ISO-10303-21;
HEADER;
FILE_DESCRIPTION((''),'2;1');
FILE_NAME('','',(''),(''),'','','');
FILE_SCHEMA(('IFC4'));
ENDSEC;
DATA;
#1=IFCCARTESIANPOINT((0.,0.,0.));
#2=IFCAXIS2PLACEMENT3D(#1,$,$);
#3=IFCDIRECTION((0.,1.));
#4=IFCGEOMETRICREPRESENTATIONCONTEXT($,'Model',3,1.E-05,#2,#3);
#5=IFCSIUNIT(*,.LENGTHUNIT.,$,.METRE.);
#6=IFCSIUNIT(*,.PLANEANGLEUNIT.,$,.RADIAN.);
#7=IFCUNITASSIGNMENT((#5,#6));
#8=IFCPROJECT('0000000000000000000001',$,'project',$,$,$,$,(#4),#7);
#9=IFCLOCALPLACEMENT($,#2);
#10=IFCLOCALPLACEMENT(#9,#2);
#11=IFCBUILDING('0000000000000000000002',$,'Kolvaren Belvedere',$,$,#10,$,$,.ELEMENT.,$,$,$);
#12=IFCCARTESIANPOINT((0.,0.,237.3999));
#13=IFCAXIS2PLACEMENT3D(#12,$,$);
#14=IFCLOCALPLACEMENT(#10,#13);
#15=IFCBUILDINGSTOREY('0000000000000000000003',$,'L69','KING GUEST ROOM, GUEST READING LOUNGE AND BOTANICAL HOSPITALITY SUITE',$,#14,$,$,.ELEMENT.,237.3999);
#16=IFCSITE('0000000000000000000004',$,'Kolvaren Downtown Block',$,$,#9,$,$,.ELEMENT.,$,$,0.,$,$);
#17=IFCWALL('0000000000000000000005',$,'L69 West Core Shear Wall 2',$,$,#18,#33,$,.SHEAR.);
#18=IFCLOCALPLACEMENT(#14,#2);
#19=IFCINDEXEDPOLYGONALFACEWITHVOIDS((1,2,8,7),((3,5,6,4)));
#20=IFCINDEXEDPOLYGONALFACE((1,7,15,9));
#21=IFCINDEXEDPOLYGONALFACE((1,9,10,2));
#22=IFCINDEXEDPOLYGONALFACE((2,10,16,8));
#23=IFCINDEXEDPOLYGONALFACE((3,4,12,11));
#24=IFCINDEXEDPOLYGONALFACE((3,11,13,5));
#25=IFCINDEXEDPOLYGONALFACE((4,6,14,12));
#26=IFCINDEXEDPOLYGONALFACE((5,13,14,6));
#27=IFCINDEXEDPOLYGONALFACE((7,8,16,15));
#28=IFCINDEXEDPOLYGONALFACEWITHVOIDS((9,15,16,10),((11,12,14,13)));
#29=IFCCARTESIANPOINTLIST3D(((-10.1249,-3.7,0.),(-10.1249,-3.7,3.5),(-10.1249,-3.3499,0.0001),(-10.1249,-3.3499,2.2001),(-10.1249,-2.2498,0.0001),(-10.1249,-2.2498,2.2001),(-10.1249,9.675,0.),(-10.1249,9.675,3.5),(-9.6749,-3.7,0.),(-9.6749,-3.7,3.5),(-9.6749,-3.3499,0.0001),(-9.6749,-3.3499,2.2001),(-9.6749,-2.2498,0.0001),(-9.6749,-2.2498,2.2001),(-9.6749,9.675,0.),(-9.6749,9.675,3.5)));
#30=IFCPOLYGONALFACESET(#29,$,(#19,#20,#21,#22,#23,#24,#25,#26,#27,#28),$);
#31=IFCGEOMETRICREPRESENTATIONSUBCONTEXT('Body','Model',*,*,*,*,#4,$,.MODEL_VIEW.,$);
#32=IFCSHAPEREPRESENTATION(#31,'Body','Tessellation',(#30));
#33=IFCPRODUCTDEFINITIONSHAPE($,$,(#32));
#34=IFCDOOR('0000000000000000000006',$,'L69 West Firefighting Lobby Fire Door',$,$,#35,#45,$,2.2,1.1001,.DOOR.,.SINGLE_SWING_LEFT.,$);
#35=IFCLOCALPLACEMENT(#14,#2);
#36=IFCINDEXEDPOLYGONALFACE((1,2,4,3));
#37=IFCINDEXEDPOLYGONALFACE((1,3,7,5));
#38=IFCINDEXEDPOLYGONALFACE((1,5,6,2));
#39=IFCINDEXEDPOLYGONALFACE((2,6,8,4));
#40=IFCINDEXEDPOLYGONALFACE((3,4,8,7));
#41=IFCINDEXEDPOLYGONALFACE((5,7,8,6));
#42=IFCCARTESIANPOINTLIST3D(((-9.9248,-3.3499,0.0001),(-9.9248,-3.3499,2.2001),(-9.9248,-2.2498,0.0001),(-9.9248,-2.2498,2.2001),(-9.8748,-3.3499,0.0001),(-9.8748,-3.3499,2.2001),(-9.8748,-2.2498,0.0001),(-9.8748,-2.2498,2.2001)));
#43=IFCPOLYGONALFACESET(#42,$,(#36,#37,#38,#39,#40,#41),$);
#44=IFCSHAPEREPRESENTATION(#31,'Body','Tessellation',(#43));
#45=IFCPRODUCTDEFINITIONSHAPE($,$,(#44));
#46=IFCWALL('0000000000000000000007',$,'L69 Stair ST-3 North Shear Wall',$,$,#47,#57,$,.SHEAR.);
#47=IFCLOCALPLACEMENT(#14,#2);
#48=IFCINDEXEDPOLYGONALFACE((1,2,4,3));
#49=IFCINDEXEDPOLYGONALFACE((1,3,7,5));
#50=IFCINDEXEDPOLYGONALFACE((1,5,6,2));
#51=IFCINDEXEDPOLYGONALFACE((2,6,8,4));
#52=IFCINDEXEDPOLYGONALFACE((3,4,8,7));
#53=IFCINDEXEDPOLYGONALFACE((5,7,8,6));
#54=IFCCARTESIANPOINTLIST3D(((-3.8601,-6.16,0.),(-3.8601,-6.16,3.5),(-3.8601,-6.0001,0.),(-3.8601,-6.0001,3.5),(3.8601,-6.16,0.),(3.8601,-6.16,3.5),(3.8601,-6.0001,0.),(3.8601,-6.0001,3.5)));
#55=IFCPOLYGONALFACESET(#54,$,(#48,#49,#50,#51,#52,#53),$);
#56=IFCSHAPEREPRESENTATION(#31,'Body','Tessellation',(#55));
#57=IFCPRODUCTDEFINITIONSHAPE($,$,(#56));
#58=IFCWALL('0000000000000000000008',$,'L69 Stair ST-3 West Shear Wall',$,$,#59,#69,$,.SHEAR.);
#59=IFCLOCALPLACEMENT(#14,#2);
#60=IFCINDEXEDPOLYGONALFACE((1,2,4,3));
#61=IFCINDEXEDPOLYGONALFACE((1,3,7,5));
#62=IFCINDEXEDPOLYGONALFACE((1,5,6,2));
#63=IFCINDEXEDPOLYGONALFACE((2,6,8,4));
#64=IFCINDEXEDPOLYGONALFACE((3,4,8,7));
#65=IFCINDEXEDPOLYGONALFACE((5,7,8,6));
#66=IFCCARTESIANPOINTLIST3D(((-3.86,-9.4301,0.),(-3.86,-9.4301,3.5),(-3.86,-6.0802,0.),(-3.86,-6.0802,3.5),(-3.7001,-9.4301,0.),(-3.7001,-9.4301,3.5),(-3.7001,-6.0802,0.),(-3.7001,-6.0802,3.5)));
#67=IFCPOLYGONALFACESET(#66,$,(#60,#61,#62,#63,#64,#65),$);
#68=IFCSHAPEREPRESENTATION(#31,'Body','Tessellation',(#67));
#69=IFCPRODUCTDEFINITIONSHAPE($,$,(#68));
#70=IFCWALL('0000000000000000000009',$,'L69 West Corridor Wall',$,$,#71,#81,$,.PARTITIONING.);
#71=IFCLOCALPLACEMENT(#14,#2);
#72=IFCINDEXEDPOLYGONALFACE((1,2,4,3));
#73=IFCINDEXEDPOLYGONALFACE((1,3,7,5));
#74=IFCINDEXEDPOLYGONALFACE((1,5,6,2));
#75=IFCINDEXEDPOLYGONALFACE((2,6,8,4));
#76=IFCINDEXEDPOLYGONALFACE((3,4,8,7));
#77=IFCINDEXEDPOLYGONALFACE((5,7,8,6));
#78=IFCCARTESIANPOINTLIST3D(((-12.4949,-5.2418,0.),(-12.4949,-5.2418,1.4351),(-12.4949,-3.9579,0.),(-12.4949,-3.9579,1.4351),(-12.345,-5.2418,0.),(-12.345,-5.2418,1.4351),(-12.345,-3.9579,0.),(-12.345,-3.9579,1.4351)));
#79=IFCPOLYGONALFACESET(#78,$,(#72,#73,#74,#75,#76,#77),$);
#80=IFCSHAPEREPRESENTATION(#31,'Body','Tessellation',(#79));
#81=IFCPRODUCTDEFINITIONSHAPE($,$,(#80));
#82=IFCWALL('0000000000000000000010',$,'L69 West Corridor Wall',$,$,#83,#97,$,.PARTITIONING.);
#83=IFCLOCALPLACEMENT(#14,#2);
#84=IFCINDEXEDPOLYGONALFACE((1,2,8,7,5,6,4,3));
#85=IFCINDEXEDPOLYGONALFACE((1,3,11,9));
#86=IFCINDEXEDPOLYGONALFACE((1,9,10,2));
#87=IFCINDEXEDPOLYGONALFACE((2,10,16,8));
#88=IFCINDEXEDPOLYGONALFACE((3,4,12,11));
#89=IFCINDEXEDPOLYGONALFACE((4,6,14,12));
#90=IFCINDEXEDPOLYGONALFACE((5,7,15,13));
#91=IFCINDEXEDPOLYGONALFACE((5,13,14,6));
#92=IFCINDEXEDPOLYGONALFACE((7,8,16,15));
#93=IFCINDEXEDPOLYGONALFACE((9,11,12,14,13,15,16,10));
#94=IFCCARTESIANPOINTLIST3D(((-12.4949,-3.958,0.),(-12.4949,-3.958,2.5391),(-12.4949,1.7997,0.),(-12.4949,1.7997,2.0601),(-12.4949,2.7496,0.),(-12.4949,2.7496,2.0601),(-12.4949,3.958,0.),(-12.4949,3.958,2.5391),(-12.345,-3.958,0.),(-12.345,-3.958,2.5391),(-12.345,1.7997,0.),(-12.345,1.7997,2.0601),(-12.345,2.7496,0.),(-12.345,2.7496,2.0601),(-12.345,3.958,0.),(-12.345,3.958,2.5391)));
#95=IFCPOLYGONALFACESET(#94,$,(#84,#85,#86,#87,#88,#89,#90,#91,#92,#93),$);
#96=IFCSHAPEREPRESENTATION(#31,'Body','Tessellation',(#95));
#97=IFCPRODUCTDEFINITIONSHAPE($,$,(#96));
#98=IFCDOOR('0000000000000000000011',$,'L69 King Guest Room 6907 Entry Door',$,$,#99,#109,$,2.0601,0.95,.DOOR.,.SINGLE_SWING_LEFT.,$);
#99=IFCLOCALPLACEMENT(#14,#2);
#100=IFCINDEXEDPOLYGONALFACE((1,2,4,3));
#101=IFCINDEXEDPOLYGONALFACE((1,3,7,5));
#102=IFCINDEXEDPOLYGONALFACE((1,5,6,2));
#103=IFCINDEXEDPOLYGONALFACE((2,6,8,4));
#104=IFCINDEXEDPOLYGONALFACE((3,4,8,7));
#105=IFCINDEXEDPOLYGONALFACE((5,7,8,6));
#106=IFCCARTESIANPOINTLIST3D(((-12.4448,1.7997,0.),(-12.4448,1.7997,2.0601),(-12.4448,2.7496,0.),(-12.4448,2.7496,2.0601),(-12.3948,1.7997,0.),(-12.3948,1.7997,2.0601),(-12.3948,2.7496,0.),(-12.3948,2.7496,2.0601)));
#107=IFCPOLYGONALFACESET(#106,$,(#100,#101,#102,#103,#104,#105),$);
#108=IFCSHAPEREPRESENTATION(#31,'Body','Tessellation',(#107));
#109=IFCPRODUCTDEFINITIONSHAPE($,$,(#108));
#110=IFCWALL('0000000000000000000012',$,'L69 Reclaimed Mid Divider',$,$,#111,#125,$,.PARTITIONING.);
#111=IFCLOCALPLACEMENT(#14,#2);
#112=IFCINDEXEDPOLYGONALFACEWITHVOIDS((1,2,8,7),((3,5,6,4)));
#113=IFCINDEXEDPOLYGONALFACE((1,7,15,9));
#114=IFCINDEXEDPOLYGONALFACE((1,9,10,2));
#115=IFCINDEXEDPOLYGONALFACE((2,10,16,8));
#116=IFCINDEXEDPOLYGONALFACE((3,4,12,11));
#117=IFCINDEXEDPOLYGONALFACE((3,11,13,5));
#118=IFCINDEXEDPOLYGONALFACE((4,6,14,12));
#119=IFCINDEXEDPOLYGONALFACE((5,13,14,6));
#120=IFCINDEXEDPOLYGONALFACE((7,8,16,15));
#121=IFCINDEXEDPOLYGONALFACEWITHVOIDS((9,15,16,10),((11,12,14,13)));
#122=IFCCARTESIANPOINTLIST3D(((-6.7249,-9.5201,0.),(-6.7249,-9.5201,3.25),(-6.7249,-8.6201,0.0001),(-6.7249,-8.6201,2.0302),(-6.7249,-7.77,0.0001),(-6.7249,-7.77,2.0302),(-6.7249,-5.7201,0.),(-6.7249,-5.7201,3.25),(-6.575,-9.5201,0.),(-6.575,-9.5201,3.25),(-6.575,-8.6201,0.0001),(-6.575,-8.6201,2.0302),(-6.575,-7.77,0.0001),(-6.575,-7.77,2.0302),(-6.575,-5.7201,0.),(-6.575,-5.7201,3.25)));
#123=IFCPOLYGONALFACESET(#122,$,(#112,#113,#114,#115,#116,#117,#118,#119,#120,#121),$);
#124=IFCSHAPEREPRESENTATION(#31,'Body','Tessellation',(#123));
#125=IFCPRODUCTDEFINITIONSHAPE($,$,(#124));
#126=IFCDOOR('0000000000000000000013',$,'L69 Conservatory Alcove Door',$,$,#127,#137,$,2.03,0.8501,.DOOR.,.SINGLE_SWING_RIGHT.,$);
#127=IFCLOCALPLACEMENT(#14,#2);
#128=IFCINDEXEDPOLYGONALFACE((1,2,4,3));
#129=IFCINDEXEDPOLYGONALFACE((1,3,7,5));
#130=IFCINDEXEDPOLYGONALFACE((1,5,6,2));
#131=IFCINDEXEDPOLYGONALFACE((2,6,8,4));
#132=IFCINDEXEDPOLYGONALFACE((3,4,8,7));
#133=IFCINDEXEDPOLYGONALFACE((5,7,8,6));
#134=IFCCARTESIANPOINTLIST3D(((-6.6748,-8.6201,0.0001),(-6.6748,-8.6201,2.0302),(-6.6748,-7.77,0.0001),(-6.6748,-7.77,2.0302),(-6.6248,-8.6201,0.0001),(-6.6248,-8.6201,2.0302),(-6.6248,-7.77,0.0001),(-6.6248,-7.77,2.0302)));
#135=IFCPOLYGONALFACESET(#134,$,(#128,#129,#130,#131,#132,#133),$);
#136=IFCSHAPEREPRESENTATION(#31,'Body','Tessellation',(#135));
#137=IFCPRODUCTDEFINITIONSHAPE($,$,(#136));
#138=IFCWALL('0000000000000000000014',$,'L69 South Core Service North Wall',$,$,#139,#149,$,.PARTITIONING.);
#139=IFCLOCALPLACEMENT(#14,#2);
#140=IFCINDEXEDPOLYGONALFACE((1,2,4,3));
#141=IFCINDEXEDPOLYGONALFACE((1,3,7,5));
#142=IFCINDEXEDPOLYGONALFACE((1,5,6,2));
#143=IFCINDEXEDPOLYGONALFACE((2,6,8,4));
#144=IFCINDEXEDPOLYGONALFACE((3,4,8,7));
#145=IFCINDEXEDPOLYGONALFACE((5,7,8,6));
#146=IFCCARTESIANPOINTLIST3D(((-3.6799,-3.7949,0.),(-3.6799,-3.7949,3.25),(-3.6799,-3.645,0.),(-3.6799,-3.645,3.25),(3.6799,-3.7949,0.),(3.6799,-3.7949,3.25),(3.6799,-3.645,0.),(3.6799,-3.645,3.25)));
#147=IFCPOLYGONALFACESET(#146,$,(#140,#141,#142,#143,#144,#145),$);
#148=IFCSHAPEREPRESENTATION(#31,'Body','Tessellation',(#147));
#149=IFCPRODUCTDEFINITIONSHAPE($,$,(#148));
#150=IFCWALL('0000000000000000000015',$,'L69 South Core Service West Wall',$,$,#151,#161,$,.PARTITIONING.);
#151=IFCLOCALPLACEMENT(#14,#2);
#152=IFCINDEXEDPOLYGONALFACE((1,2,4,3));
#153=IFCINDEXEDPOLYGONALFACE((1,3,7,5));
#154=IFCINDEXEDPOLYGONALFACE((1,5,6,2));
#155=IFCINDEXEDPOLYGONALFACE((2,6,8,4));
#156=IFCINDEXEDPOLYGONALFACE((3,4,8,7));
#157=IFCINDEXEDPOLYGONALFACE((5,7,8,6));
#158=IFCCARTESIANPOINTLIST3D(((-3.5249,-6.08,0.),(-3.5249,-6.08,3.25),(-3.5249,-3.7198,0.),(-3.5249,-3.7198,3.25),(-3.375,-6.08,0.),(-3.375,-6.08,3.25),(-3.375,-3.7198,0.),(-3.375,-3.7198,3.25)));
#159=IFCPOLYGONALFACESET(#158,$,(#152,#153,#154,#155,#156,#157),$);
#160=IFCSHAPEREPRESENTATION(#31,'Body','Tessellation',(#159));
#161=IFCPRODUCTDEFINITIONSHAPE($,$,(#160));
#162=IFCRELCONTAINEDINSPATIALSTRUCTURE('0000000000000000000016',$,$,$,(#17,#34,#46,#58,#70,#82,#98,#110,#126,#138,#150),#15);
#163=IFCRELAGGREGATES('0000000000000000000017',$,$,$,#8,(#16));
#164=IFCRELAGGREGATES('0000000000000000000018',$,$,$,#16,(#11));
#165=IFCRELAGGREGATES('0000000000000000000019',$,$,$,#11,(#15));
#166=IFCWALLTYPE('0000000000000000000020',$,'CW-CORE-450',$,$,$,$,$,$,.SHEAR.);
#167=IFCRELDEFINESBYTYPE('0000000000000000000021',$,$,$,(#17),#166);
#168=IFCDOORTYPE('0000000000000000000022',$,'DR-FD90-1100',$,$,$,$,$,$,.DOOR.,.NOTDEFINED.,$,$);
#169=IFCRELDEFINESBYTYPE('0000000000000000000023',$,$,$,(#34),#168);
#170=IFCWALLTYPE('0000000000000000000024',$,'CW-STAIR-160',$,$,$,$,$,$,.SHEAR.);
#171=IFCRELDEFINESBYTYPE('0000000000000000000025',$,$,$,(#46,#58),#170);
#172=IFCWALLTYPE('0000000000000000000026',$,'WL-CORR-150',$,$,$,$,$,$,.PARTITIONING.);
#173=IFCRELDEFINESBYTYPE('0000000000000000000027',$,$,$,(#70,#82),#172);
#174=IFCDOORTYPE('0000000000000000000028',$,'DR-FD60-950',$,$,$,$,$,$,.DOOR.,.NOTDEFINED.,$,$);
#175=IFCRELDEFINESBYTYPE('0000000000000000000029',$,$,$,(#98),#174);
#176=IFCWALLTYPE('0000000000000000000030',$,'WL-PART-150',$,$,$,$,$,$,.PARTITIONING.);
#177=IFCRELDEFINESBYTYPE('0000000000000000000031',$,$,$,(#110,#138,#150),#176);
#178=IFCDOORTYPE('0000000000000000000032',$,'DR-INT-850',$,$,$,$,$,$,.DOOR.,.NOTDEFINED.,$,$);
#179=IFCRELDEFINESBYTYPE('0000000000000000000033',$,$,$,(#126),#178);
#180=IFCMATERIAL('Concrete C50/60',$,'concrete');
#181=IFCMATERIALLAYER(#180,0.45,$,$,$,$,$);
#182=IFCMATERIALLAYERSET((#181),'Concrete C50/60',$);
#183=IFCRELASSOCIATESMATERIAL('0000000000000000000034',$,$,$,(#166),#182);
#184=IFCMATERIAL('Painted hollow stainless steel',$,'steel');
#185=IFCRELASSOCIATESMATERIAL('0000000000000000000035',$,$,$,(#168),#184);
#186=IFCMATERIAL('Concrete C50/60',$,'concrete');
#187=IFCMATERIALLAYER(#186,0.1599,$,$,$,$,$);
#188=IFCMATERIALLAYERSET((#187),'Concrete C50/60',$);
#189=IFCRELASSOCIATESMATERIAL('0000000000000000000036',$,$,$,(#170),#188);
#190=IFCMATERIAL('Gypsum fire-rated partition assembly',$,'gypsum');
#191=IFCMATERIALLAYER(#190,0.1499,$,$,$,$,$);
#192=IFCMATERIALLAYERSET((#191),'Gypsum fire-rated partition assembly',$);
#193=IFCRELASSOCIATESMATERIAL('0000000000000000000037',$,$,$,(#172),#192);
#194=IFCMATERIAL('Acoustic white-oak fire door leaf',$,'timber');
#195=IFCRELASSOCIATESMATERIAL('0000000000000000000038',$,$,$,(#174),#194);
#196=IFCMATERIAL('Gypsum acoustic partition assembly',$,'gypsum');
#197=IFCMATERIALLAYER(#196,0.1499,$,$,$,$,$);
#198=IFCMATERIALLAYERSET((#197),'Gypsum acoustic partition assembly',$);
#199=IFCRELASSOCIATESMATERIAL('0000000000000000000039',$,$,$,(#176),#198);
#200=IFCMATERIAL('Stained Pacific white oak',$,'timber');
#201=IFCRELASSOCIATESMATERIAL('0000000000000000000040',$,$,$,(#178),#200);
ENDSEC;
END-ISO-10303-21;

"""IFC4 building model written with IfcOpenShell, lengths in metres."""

from ifc_helpers import new_model, si_unit, direction, frame, frame_2d, origin, place, context, subcontext, project, spatial, rectangle, extrude, material, layer, layer_set, type_object, element, fill, save


model = new_model("IFC4")

# Units and contexts
model_context = context("Model", 3, precision=1e-05, world=origin(), true_north=direction((0.0, 1.0)))
body_context = subcontext(model_context, "Body", "Model", "MODEL_VIEW")
ifc_project = project(units=[si_unit("LENGTHUNIT", "METRE"), si_unit("PLANEANGLEUNIT", "RADIAN")], contexts=[model_context])

# Site, building, storey
site_placement = place(None, origin())
site = spatial("IfcSite", under=ifc_project, at=site_placement, Name="Kolvaren Downtown Block", CompositionType="ELEMENT", RefElevation=0.0)
building_placement = place(site_placement, origin())
building = spatial("IfcBuilding", under=site, at=building_placement, Name="Kolvaren Belvedere", CompositionType="ELEMENT")
storey_placement = place(building_placement, frame((0.0, 0.0, 237.3999)))
storey = spatial("IfcBuildingStorey", under=building, at=storey_placement, Name="L69", Description="KING GUEST ROOM, GUEST READING LOUNGE AND BOTANICAL HOSPITALITY SUITE", CompositionType="ELEMENT", Elevation=237.3999)

# Shared definitions
ifc_material_1 = material(Name="Concrete C50/60", Category="concrete")
ifc_layer_1 = layer(ifc_material_1, 0.45)
ifc_layer_set_1 = layer_set([ifc_layer_1], Name="Concrete C50/60")
wall_type_1 = type_object("IfcWallType", Name="CW-CORE-450", PredefinedType="SHEAR", material=ifc_layer_set_1)

# Wall, opening, door
wall_1_placement = place(storey_placement, frame((-9.8999, -3.7, 0.0), z_axis=(0.0, 0.0, 1.0), x_axis=(0.0, 1.0, 0.0)))
wall_1 = element("IfcWall", 1, at=wall_1_placement, inside=storey, type_object=wall_type_1, Name="L69 West Core Shear Wall 2", PredefinedType="SHEAR", context=body_context, shape_type="SweptSolid", body=[
    extrude(rectangle(XDim=13.375, YDim=0.45, at=frame_2d((6.6875, 0.0))), origin(), (0.0, 0.0, 1.0), 3.5),
])
opening_1_placement = place(wall_1_placement, frame((0.3501, 0.0, 0.0)))
opening_1 = element("IfcOpeningElement", 2, at=opening_1_placement, cuts=wall_1, PredefinedType="OPENING", context=body_context, shape_type="SweptSolid", body=[
    extrude(rectangle(XDim=1.1001, YDim=2.2, at=frame_2d((0.55, 1.1001))), frame((0.0, 0.2349, 0.0), z_axis=(0.0, -1.0, 0.0), x_axis=(1.0, 0.0, 0.0)), (0.0, 0.0, 1.0), 0.47),
])
ifc_material_2 = material(Name="Painted hollow stainless steel", Category="steel")
door_type_1 = type_object("IfcDoorType", Name="DR-FD90-1100", OperationType="NOTDEFINED", PredefinedType="DOOR", material=ifc_material_2)
door_1_placement = place(opening_1_placement, origin())
door_1 = element("IfcDoor", 3, at=door_1_placement, inside=storey, type_object=door_type_1, Name="L69 West Firefighting Lobby Fire Door", OperationType="SINGLE_SWING_LEFT", OverallHeight=2.2, OverallWidth=1.1001, PredefinedType="DOOR", context=body_context, shape_type="SweptSolid", body=[
    extrude(rectangle(XDim=1.1001, YDim=2.2, at=frame_2d((0.55, 1.1001))), frame((0.0, 0.0249, 0.0), z_axis=(0.0, -1.0, 0.0), x_axis=(1.0, 0.0, 0.0)), (0.0, 0.0, 1.0), 0.05),
])
fill(opening_1, door_1)

# Walls
ifc_material_3 = material(Name="Concrete C50/60", Category="concrete")
ifc_layer_2 = layer(ifc_material_3, 0.1599)
ifc_layer_set_2 = layer_set([ifc_layer_2], Name="Concrete C50/60")
wall_type_2 = type_object("IfcWallType", Name="CW-STAIR-160", PredefinedType="SHEAR", material=ifc_layer_set_2)
wall_2_placement = place(storey_placement, frame((-3.8601, -6.0801, 0.0), z_axis=(0.0, 0.0, 1.0), x_axis=(1.0, 0.0, 0.0)))
element("IfcWall", 4, at=wall_2_placement, inside=storey, type_object=wall_type_2, Name="L69 Stair ST-3 North Shear Wall", PredefinedType="SHEAR", context=body_context, shape_type="SweptSolid", body=[
    extrude(rectangle(XDim=7.7202, YDim=0.1599, at=frame_2d((3.8601, 0.0))), origin(), (0.0, 0.0, 1.0), 3.5),
])
wall_3_placement = place(storey_placement, frame((-3.78, -9.4299, 0.0), z_axis=(0.0, 0.0, 1.0), x_axis=(0.0, 1.0, 0.0)))
element("IfcWall", 5, at=wall_3_placement, inside=storey, type_object=wall_type_2, Name="L69 Stair ST-3 West Shear Wall", PredefinedType="SHEAR", context=body_context, shape_type="SweptSolid", body=[
    extrude(rectangle(XDim=3.3499, YDim=0.1599, at=frame_2d((1.6748, 0.0))), origin(), (0.0, 0.0, 1.0), 3.5),
])
ifc_material_4 = material(Name="Gypsum fire-rated partition assembly", Category="gypsum")
ifc_layer_3 = layer(ifc_material_4, 0.1499)
ifc_layer_set_3 = layer_set([ifc_layer_3], Name="Gypsum fire-rated partition assembly")
wall_type_3 = type_object("IfcWallType", Name="WL-CORR-150", PredefinedType="PARTITIONING", material=ifc_layer_set_3)
wall_4_placement = place(storey_placement, frame((-12.4199, -5.2419, 0.0), z_axis=(0.0, 0.0, 1.0), x_axis=(0.0, 1.0, 0.0)))
element("IfcWall", 6, at=wall_4_placement, inside=storey, type_object=wall_type_3, Name="L69 West Corridor Wall", PredefinedType="PARTITIONING", context=body_context, shape_type="SweptSolid", body=[
    extrude(rectangle(XDim=1.2839, YDim=0.1499, at=frame_2d((0.6421, 0.0))), origin(), (0.0, 0.0, 1.0), 1.4351),
])

# Walls, openings, doors
wall_5_placement = place(storey_placement, frame((-12.4199, -3.958, 0.0), z_axis=(0.0, 0.0, 1.0), x_axis=(0.0, 1.0, 0.0)))
wall_5 = element("IfcWall", 7, at=wall_5_placement, inside=storey, type_object=wall_type_3, Name="L69 West Corridor Wall", PredefinedType="PARTITIONING", context=body_context, shape_type="SweptSolid", body=[
    extrude(rectangle(XDim=7.916, YDim=0.1499, at=frame_2d((3.958, 0.0))), origin(), (0.0, 0.0, 1.0), 2.5391),
])
opening_2_placement = place(wall_5_placement, frame((5.7576, 0.0, 0.0)))
opening_2 = element("IfcOpeningElement", 8, at=opening_2_placement, cuts=wall_5, PredefinedType="OPENING", context=body_context, shape_type="SweptSolid", body=[
    extrude(rectangle(XDim=0.95, YDim=2.0601, at=frame_2d((0.4751, 1.03))), frame((0.0, 0.085, 0.0), z_axis=(0.0, -1.0, 0.0), x_axis=(1.0, 0.0, 0.0)), (0.0, 0.0, 1.0), 0.1699),
])
ifc_material_5 = material(Name="Acoustic white-oak fire door leaf", Category="timber")
door_type_2 = type_object("IfcDoorType", Name="DR-FD60-950", OperationType="NOTDEFINED", PredefinedType="DOOR", material=ifc_material_5)
door_2_placement = place(opening_2_placement, origin())
door_2 = element("IfcDoor", 9, at=door_2_placement, inside=storey, type_object=door_type_2, Name="L69 King Guest Room 6907 Entry Door", OperationType="SINGLE_SWING_LEFT", OverallHeight=2.0601, OverallWidth=0.95, PredefinedType="DOOR", context=body_context, shape_type="SweptSolid", body=[
    extrude(rectangle(XDim=0.95, YDim=2.0601, at=frame_2d((0.4751, 1.03))), frame((0.0, 0.0249, 0.0), z_axis=(0.0, -1.0, 0.0), x_axis=(1.0, 0.0, 0.0)), (0.0, 0.0, 1.0), 0.05),
])
fill(opening_2, door_2)
ifc_material_6 = material(Name="Gypsum acoustic partition assembly", Category="gypsum")
ifc_layer_4 = layer(ifc_material_6, 0.1499)
ifc_layer_set_4 = layer_set([ifc_layer_4], Name="Gypsum acoustic partition assembly")
wall_type_4 = type_object("IfcWallType", Name="WL-PART-150", PredefinedType="PARTITIONING", material=ifc_layer_set_4)
wall_6_placement = place(storey_placement, frame((-6.6499, -9.52, 0.0), z_axis=(0.0, 0.0, 1.0), x_axis=(0.0, 1.0, 0.0)))
wall_6 = element("IfcWall", 10, at=wall_6_placement, inside=storey, type_object=wall_type_4, Name="L69 Reclaimed Mid Divider", PredefinedType="PARTITIONING", context=body_context, shape_type="SweptSolid", body=[
    extrude(rectangle(XDim=3.8, YDim=0.1499, at=frame_2d((1.8999, 0.0))), origin(), (0.0, 0.0, 1.0), 3.25),
])
opening_3_placement = place(wall_6_placement, frame((0.8999, 0.0, 0.0)))
opening_3 = element("IfcOpeningElement", 11, at=opening_3_placement, cuts=wall_6, PredefinedType="OPENING", context=body_context, shape_type="SweptSolid", body=[
    extrude(rectangle(XDim=0.8501, YDim=2.03, at=frame_2d((0.425, 1.0151))), frame((0.0, 0.085, 0.0), z_axis=(0.0, -1.0, 0.0), x_axis=(1.0, 0.0, 0.0)), (0.0, 0.0, 1.0), 0.1699),
])
ifc_material_7 = material(Name="Stained Pacific white oak", Category="timber")
door_type_3 = type_object("IfcDoorType", Name="DR-INT-850", OperationType="NOTDEFINED", PredefinedType="DOOR", material=ifc_material_7)
door_3_placement = place(opening_3_placement, origin())
door_3 = element("IfcDoor", 12, at=door_3_placement, inside=storey, type_object=door_type_3, Name="L69 Conservatory Alcove Door", OperationType="SINGLE_SWING_RIGHT", OverallHeight=2.03, OverallWidth=0.8501, PredefinedType="DOOR", context=body_context, shape_type="SweptSolid", body=[
    extrude(rectangle(XDim=0.8501, YDim=2.03, at=frame_2d((0.425, 1.0151))), frame((0.0, 0.0249, 0.0), z_axis=(0.0, -1.0, 0.0), x_axis=(1.0, 0.0, 0.0)), (0.0, 0.0, 1.0), 0.05),
])
fill(opening_3, door_3)

# Walls
wall_7_placement = place(storey_placement, frame((-3.6799, -3.72, 0.0), z_axis=(0.0, 0.0, 1.0), x_axis=(1.0, 0.0, 0.0)))
element("IfcWall", 13, at=wall_7_placement, inside=storey, type_object=wall_type_4, Name="L69 South Core Service North Wall", PredefinedType="PARTITIONING", context=body_context, shape_type="SweptSolid", body=[
    extrude(rectangle(XDim=7.3599, YDim=0.1499, at=frame_2d((3.6799, 0.0))), origin(), (0.0, 0.0, 1.0), 3.25),
])
wall_8_placement = place(storey_placement, frame((-3.45, -6.0801, 0.0), z_axis=(0.0, 0.0, 1.0), x_axis=(0.0, 1.0, 0.0)))
element("IfcWall", 14, at=wall_8_placement, inside=storey, type_object=wall_type_4, Name="L69 South Core Service West Wall", PredefinedType="PARTITIONING", context=body_context, shape_type="SweptSolid", body=[
    extrude(rectangle(XDim=2.3601, YDim=0.1499, at=frame_2d((1.1802, 0.0))), origin(), (0.0, 0.0, 1.0), 3.25),
])

save(model, "model.ifc")
